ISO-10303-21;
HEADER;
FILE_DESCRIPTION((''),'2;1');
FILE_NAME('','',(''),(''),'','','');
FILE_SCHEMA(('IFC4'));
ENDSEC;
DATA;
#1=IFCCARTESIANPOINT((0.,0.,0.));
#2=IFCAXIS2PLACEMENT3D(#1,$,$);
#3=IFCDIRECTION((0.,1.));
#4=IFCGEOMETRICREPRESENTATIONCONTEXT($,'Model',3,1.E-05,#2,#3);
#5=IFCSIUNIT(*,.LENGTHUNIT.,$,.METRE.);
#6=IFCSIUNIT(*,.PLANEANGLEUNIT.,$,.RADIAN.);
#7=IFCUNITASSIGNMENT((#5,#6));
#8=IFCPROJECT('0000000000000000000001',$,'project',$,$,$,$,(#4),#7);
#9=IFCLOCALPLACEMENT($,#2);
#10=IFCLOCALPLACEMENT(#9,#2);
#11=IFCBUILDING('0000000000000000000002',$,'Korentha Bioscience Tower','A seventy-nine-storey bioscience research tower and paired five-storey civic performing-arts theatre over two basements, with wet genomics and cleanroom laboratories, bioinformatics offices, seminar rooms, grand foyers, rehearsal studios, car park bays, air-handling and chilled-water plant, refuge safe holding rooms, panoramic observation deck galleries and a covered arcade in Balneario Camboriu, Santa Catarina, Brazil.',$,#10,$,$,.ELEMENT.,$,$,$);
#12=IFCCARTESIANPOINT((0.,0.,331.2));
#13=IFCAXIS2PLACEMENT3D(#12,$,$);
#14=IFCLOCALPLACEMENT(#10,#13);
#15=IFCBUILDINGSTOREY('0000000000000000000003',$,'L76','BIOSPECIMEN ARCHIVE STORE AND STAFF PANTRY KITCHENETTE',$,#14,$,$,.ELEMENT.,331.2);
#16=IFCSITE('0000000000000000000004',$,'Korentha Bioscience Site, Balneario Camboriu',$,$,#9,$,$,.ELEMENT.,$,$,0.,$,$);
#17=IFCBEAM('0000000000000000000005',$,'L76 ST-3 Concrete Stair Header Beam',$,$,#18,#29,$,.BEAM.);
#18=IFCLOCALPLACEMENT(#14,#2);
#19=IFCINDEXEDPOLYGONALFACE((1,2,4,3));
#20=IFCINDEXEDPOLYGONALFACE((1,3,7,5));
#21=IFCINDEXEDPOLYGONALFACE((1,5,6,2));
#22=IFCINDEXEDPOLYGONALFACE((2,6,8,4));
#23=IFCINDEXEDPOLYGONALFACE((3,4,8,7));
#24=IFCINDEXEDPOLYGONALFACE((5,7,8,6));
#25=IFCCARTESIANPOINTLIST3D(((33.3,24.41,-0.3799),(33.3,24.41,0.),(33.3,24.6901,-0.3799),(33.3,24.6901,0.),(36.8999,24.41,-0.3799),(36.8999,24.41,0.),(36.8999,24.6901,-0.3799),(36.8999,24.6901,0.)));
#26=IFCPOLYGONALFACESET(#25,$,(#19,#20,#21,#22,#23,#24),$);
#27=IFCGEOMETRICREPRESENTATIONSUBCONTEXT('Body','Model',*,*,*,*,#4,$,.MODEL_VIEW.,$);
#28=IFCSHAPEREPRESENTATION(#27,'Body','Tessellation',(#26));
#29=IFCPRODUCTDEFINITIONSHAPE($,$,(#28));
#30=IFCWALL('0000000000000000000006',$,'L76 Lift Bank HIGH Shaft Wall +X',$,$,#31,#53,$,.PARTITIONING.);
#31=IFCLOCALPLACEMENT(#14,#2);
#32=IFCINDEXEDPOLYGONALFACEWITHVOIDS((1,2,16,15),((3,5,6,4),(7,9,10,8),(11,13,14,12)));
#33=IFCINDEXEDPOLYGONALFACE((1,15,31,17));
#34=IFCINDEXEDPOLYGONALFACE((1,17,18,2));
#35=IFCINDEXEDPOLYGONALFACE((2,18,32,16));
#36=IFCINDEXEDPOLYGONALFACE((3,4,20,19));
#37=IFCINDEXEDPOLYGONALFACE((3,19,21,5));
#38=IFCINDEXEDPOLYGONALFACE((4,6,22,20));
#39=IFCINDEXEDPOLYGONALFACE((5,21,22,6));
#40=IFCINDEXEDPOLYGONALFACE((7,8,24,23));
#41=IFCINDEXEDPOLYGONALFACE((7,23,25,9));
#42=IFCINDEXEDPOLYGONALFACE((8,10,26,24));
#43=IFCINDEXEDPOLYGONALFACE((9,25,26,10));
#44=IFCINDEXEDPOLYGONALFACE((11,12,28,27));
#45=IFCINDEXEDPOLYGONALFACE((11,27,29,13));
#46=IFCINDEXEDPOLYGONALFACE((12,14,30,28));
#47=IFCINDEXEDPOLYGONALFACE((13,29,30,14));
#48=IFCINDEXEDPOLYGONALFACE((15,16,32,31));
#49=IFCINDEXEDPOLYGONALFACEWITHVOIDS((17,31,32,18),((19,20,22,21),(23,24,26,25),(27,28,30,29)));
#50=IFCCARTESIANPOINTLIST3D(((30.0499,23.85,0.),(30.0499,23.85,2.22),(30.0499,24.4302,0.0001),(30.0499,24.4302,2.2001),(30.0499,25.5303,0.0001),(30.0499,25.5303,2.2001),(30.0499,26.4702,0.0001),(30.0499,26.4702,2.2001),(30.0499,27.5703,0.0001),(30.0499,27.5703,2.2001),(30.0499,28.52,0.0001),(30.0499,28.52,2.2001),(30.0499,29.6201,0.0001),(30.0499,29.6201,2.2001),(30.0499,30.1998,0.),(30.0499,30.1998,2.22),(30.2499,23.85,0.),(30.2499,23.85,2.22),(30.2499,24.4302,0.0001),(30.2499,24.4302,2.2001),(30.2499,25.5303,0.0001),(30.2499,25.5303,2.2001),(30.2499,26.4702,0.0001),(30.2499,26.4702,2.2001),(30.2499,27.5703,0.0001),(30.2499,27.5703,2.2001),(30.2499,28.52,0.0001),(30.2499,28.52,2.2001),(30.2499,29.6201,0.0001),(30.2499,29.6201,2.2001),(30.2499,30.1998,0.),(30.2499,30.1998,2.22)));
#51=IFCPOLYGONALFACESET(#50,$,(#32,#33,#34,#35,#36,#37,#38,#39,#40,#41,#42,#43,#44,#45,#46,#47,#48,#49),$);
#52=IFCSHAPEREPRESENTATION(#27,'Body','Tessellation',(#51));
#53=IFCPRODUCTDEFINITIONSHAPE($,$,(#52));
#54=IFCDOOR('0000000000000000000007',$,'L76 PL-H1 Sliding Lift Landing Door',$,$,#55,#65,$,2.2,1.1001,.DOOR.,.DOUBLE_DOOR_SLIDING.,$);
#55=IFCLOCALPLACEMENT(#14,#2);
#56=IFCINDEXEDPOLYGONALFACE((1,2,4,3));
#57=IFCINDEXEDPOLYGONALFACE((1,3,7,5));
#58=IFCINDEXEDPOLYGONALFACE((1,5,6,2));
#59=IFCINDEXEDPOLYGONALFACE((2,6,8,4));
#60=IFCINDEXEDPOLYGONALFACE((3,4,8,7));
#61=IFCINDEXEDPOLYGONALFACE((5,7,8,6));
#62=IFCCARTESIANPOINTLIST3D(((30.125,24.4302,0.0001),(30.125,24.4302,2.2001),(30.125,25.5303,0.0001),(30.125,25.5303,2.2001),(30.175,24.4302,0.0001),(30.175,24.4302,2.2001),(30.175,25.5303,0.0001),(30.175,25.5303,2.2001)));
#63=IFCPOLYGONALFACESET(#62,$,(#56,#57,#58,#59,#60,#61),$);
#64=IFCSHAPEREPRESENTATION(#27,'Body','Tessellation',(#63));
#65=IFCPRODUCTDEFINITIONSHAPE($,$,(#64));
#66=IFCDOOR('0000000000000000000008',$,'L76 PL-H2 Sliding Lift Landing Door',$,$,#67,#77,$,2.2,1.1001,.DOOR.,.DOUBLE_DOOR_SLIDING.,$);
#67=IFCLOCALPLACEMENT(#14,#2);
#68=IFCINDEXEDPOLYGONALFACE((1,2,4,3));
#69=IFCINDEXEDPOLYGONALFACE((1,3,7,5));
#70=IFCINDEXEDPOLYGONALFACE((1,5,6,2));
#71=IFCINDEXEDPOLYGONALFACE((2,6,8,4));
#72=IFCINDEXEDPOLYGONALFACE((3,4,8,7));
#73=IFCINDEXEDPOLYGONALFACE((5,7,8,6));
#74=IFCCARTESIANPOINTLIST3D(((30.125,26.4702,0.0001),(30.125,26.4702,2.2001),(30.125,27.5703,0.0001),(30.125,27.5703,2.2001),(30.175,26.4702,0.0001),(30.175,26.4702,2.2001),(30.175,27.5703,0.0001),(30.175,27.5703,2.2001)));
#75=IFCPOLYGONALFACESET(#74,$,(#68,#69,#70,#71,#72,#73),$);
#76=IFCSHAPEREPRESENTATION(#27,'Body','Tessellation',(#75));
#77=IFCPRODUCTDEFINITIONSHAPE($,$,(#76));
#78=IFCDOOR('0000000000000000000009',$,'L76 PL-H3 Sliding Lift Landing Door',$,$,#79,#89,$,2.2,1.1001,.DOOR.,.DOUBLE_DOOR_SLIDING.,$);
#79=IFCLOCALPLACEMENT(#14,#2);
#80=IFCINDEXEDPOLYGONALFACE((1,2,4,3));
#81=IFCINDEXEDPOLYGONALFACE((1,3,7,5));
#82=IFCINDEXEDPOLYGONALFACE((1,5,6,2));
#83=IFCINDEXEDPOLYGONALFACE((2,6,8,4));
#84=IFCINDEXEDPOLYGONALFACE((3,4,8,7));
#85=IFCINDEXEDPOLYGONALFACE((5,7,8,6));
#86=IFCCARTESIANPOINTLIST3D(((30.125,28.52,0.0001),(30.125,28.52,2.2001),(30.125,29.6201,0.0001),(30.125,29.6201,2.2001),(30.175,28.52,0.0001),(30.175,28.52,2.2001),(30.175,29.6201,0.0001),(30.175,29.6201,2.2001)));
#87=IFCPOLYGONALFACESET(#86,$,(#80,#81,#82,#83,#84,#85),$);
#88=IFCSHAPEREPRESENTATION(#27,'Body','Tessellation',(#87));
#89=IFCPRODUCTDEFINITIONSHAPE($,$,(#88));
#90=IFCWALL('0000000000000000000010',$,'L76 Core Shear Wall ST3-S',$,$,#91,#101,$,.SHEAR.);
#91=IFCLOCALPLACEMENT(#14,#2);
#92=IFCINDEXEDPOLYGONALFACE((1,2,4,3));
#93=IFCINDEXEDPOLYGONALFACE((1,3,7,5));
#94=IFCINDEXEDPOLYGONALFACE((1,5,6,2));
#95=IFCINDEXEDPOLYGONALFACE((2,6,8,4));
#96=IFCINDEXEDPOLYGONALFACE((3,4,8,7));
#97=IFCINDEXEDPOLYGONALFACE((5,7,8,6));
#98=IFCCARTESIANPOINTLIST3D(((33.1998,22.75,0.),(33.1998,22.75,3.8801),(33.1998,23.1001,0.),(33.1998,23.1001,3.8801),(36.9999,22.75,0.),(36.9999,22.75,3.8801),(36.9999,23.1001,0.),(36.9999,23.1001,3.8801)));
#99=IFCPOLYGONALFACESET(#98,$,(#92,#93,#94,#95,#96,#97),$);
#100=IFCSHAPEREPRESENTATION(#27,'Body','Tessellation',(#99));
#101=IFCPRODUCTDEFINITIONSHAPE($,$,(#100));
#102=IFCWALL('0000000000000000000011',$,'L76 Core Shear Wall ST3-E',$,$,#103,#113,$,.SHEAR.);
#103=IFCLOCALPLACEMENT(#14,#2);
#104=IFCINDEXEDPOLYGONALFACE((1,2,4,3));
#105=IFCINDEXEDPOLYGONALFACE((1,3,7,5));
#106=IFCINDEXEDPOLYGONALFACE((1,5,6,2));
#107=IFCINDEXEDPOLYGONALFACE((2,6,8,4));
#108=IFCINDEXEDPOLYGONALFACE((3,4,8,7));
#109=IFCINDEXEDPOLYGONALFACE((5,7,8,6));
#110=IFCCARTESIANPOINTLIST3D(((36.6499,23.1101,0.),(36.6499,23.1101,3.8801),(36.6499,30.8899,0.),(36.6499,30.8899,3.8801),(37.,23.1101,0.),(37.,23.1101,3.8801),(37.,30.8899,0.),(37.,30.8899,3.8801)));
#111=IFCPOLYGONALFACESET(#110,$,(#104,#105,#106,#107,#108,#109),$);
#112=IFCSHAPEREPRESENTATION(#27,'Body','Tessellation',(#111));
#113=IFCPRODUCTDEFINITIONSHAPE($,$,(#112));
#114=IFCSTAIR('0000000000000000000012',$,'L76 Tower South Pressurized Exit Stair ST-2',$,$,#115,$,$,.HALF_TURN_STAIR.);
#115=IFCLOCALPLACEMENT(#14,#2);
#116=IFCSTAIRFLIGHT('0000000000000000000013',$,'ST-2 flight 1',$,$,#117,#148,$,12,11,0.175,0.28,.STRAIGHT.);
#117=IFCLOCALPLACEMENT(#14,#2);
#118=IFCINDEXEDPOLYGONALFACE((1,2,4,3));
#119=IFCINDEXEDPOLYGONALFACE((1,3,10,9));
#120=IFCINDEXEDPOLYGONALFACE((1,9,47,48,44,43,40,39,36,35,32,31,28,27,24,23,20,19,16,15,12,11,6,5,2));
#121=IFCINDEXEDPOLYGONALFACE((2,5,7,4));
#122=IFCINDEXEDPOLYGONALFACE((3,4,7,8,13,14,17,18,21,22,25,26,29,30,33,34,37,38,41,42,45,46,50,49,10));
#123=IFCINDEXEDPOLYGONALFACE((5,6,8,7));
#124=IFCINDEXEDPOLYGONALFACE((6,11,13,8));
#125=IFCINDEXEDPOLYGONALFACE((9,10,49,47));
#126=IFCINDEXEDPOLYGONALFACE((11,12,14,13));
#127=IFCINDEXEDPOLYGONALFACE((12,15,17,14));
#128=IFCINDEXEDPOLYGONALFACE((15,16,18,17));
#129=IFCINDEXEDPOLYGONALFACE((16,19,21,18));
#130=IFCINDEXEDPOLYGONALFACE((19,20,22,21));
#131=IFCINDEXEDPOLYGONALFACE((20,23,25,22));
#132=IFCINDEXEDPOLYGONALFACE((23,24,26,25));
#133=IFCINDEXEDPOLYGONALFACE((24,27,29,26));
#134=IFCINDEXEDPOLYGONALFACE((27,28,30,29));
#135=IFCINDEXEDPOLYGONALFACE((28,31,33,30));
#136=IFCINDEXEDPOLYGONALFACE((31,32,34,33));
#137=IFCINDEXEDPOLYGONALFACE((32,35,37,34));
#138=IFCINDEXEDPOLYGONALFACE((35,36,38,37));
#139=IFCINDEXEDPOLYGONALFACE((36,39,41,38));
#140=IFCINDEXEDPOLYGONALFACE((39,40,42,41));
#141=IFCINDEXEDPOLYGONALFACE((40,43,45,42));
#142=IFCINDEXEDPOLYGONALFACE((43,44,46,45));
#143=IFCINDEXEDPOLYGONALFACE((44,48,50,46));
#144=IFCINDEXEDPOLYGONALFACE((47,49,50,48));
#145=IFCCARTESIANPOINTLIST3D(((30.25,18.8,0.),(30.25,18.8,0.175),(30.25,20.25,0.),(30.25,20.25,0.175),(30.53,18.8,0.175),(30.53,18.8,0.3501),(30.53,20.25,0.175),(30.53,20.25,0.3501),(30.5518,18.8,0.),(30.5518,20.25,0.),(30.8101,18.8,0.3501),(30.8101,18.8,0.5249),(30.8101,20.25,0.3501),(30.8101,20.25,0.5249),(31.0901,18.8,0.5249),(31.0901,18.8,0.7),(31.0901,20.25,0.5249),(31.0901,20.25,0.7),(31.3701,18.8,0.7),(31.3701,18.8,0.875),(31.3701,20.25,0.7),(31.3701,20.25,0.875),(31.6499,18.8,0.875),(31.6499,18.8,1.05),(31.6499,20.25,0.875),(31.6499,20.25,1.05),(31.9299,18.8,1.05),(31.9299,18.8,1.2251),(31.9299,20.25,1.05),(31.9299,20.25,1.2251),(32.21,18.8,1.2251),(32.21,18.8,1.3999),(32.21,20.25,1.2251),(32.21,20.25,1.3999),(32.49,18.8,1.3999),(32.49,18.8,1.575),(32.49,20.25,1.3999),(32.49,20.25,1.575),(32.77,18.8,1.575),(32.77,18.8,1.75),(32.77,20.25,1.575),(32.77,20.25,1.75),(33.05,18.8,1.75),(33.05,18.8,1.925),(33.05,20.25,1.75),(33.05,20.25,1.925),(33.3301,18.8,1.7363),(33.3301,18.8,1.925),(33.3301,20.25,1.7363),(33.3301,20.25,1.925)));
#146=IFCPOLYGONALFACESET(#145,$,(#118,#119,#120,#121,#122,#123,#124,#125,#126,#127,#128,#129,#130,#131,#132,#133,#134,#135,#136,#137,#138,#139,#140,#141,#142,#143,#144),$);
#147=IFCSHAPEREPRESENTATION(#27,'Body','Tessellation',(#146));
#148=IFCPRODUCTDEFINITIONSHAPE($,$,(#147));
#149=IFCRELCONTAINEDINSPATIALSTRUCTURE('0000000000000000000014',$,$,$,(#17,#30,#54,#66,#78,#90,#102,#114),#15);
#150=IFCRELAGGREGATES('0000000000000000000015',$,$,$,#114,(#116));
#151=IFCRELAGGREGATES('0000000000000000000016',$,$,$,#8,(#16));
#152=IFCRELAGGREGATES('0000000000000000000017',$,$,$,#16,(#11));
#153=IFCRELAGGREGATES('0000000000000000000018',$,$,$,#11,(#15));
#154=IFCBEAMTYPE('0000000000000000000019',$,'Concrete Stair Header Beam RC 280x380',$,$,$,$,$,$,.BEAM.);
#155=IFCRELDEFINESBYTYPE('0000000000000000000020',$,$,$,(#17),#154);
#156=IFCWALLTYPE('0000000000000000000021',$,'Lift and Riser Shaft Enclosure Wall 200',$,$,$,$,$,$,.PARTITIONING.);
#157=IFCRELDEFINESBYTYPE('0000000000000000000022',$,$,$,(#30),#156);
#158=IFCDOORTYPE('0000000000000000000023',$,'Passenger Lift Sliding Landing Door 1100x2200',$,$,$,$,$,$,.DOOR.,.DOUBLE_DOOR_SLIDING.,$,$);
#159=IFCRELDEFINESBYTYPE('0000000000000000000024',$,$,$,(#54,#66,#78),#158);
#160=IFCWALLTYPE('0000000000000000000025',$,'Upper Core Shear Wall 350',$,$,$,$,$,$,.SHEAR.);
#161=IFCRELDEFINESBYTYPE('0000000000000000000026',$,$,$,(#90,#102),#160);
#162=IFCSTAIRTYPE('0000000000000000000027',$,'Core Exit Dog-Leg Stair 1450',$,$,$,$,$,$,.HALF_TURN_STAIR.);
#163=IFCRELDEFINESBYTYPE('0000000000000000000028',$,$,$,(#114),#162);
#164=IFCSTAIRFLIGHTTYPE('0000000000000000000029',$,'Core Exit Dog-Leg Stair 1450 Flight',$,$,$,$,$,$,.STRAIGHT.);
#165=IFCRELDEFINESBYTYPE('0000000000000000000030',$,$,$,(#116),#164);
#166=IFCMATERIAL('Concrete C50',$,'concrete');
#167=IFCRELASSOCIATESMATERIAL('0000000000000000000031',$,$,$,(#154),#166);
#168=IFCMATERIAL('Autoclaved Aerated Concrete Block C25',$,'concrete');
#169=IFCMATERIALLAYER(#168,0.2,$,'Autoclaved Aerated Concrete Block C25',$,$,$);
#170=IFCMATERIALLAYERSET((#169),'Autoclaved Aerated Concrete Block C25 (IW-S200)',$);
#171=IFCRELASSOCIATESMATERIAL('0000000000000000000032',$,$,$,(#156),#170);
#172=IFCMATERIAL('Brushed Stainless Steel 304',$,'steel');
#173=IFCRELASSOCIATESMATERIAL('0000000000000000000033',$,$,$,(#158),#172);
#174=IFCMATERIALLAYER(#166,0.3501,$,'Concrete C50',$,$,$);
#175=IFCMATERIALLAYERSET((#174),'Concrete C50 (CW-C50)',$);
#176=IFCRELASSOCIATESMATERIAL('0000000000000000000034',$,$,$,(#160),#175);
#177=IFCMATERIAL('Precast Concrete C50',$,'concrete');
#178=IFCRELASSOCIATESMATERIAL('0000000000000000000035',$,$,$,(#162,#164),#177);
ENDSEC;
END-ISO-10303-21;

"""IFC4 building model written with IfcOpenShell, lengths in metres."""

from ifc_helpers import new_model, si_unit, direction, frame, frame_2d, origin, origin_2d, place, context, subcontext, project, spatial, polyline, rectangle, outline, extrude, material, layer, layer_set, material_profile, profile_set, type_object, element, fill, aggregate, save


model = new_model("IFC4")

# Units and contexts
model_context = context("Model", 3, precision=1e-05, world=origin(), true_north=direction((0.0, 1.0)))
body_context = subcontext(model_context, "Body", "Model", "MODEL_VIEW")
ifc_project = project(units=[si_unit("LENGTHUNIT", "METRE"), si_unit("PLANEANGLEUNIT", "RADIAN")], contexts=[model_context])

# Site, building, storey
site_placement = place(None, origin())
site = spatial("IfcSite", under=ifc_project, at=site_placement, Name="Korentha Bioscience Site, Balneario Camboriu", CompositionType="ELEMENT", RefElevation=0.0)
building_placement = place(site_placement, origin())
building = spatial("IfcBuilding", under=site, at=building_placement, Name="Korentha Bioscience Tower", Description="A seventy-nine-storey bioscience research tower and paired five-storey civic performing-arts theatre over two basements, with wet genomics and cleanroom laboratories, bioinformatics offices, seminar rooms, grand foyers, rehearsal studios, car park bays, air-handling and chilled-water plant, refuge safe holding rooms, panoramic observation deck galleries and a covered arcade in Balneario Camboriu, Santa Catarina, Brazil.", CompositionType="ELEMENT")
storey_placement = place(building_placement, frame((0.0, 0.0, 331.2)))
storey = spatial("IfcBuildingStorey", under=building, at=storey_placement, Name="L76", Description="BIOSPECIMEN ARCHIVE STORE AND STAFF PANTRY KITCHENETTE", CompositionType="ELEMENT", Elevation=331.2)

# Beam
ifc_material_1 = material(Name="Concrete C50", Category="concrete")
ifc_material_profile = material_profile(ifc_material_1, rectangle(XDim=0.28, YDim=0.3799, at=origin_2d()), Name="Concrete C50")
ifc_profile_set = profile_set([ifc_material_profile], Name="Concrete C50 (ST-HB380)")
beam_type = type_object("IfcBeamType", Name="Concrete Stair Header Beam RC 280x380", PredefinedType="BEAM", material=ifc_profile_set)
beam_placement = place(storey_placement, frame((36.8999, 24.55, -0.1899), z_axis=(-1.0, 0.0, 0.0), x_axis=(0.0, -1.0, 0.0)))
element("IfcBeam", 1, at=beam_placement, inside=storey, type_object=beam_type, Name="L76 ST-3 Concrete Stair Header Beam", PredefinedType="BEAM", context=body_context, shape_type="SweptSolid", body=[
    extrude(rectangle(XDim=0.28, YDim=0.3799, at=origin_2d()), origin(), (0.0, 0.0, 1.0), 3.5999),
])

# Wall, openings, doors
ifc_material_2 = material(Name="Autoclaved Aerated Concrete Block C25", Category="concrete")
ifc_layer_1 = layer(ifc_material_2, 0.2, Name="Autoclaved Aerated Concrete Block C25")
ifc_layer_set_1 = layer_set([ifc_layer_1], Name="Autoclaved Aerated Concrete Block C25 (IW-S200)")
wall_type_1 = type_object("IfcWallType", Name="Lift and Riser Shaft Enclosure Wall 200", PredefinedType="PARTITIONING", material=ifc_layer_set_1)
wall_1_placement = place(storey_placement, frame((30.1499, 23.8501, 0.0), z_axis=(0.0, 0.0, 1.0), x_axis=(0.0, 1.0, 0.0)))
wall_1 = element("IfcWall", 2, at=wall_1_placement, inside=storey, type_object=wall_type_1, Name="L76 Lift Bank HIGH Shaft Wall +X", PredefinedType="PARTITIONING", context=body_context, shape_type="SweptSolid", body=[
    extrude(rectangle(XDim=6.3499, YDim=0.2, at=frame_2d((3.1748, 0.0))), origin(), (0.0, 0.0, 1.0), 2.22),
])
opening_1_placement = place(wall_1_placement, frame((0.5801, 0.0, 0.0)))
opening_1 = element("IfcOpeningElement", 3, at=opening_1_placement, cuts=wall_1, PredefinedType="OPENING", context=body_context, shape_type="SweptSolid", body=[
    extrude(rectangle(XDim=1.1001, YDim=2.2, at=frame_2d((0.55, 1.1001))), frame((0.0, 0.1147, 0.0), z_axis=(0.0, -1.0, 0.0), x_axis=(1.0, 0.0, 0.0)), (0.0, 0.0, 1.0), 0.2297),
])
opening_2_placement = place(wall_1_placement, frame((2.6201, 0.0, 0.0)))
opening_2 = element("IfcOpeningElement", 4, at=opening_2_placement, cuts=wall_1, PredefinedType="OPENING", context=body_context, shape_type="SweptSolid", body=[
    extrude(rectangle(XDim=1.1001, YDim=2.2, at=frame_2d((0.55, 1.1001))), frame((0.0, 0.1147, 0.0), z_axis=(0.0, -1.0, 0.0), x_axis=(1.0, 0.0, 0.0)), (0.0, 0.0, 1.0), 0.2297),
])
opening_3_placement = place(wall_1_placement, frame((4.6699, 0.0, 0.0)))
opening_3 = element("IfcOpeningElement", 5, at=opening_3_placement, cuts=wall_1, PredefinedType="OPENING", context=body_context, shape_type="SweptSolid", body=[
    extrude(rectangle(XDim=1.1001, YDim=2.2, at=frame_2d((0.55, 1.1001))), frame((0.0, 0.1147, 0.0), z_axis=(0.0, -1.0, 0.0), x_axis=(1.0, 0.0, 0.0)), (0.0, 0.0, 1.0), 0.2297),
])
ifc_material_3 = material(Name="Brushed Stainless Steel 304", Category="steel")
door_type_1 = type_object("IfcDoorType", Name="Passenger Lift Sliding Landing Door 1100x2200", OperationType="DOUBLE_DOOR_SLIDING", PredefinedType="DOOR", material=ifc_material_3)
door_1_placement = place(opening_1_placement, origin())
door_1 = element("IfcDoor", 6, at=door_1_placement, inside=storey, type_object=door_type_1, Name="L76 PL-H1 Sliding Lift Landing Door", OperationType="DOUBLE_DOOR_SLIDING", OverallHeight=2.2, OverallWidth=1.1001, PredefinedType="DOOR", context=body_context, shape_type="SweptSolid", body=[
    extrude(rectangle(XDim=1.1001, YDim=2.2, at=frame_2d((0.55, 1.1001))), frame((0.0, 0.0249, 0.0), z_axis=(0.0, -1.0, 0.0), x_axis=(1.0, 0.0, 0.0)), (0.0, 0.0, 1.0), 0.05),
])
fill(opening_1, door_1)
door_2_placement = place(opening_2_placement, origin())
door_2 = element("IfcDoor", 7, at=door_2_placement, inside=storey, type_object=door_type_1, Name="L76 PL-H2 Sliding Lift Landing Door", OperationType="DOUBLE_DOOR_SLIDING", OverallHeight=2.2, OverallWidth=1.1001, PredefinedType="DOOR", context=body_context, shape_type="SweptSolid", body=[
    extrude(rectangle(XDim=1.1001, YDim=2.2, at=frame_2d((0.55, 1.1001))), frame((0.0, 0.0249, 0.0), z_axis=(0.0, -1.0, 0.0), x_axis=(1.0, 0.0, 0.0)), (0.0, 0.0, 1.0), 0.05),
])
fill(opening_2, door_2)
door_3_placement = place(opening_3_placement, origin())
door_3 = element("IfcDoor", 8, at=door_3_placement, inside=storey, type_object=door_type_1, Name="L76 PL-H3 Sliding Lift Landing Door", OperationType="DOUBLE_DOOR_SLIDING", OverallHeight=2.2, OverallWidth=1.1001, PredefinedType="DOOR", context=body_context, shape_type="SweptSolid", body=[
    extrude(rectangle(XDim=1.1001, YDim=2.2, at=frame_2d((0.55, 1.1001))), frame((0.0, 0.0249, 0.0), z_axis=(0.0, -1.0, 0.0), x_axis=(1.0, 0.0, 0.0)), (0.0, 0.0, 1.0), 0.05),
])
fill(opening_3, door_3)

# Walls
ifc_layer_2 = layer(ifc_material_1, 0.3501, Name="Concrete C50")
ifc_layer_set_2 = layer_set([ifc_layer_2], Name="Concrete C50 (CW-C50)")
wall_type_2 = type_object("IfcWallType", Name="Upper Core Shear Wall 350", PredefinedType="SHEAR", material=ifc_layer_set_2)
wall_2_placement = place(storey_placement, frame((33.2, 22.925, 0.0), z_axis=(0.0, 0.0, 1.0), x_axis=(1.0, 0.0, 0.0)))
element("IfcWall", 9, at=wall_2_placement, inside=storey, type_object=wall_type_2, Name="L76 Core Shear Wall ST3-S", PredefinedType="SHEAR", context=body_context, shape_type="SweptSolid", body=[
    extrude(rectangle(XDim=3.8, YDim=0.3501, at=frame_2d((1.8999, 0.0))), origin(), (0.0, 0.0, 1.0), 3.8801),
])
wall_3_placement = place(storey_placement, frame((36.825, 23.1101, 0.0), z_axis=(0.0, 0.0, 1.0), x_axis=(0.0, 1.0, 0.0)))
element("IfcWall", 10, at=wall_3_placement, inside=storey, type_object=wall_type_2, Name="L76 Core Shear Wall ST3-E", PredefinedType="SHEAR", context=body_context, shape_type="SweptSolid", body=[
    extrude(rectangle(XDim=7.7798, YDim=0.3501, at=frame_2d((3.8899, 0.0))), origin(), (0.0, 0.0, 1.0), 3.8801),
])

# Stair, stair flight
ifc_material_4 = material(Name="Precast Concrete C50", Category="concrete")
stair_type = type_object("IfcStairType", Name="Core Exit Dog-Leg Stair 1450", PredefinedType="HALF_TURN_STAIR", material=ifc_material_4)
stair_1_placement = place(storey_placement, origin())
stair_1 = element("IfcStair", 11, at=stair_1_placement, inside=storey, type_object=stair_type, Name="L76 Tower South Pressurized Exit Stair ST-2", PredefinedType="HALF_TURN_STAIR")
stair_flight_type = type_object("IfcStairFlightType", Name="Core Exit Dog-Leg Stair 1450 Flight", PredefinedType="STRAIGHT", material=ifc_material_4)
stair_flight_1_placement = place(storey_placement, frame((30.25, 19.5249, 0.0), z_axis=(0.0, 0.0, 1.0), x_axis=(1.0, 0.0, 0.0)))
stair_flight_1 = element("IfcStairFlight", 12, at=stair_flight_1_placement, type_object=stair_flight_type, Name="ST-2 flight 1", NumberOfRisers=12, NumberOfTreads=11, PredefinedType="STRAIGHT", RiserHeight=0.175, TreadLength=0.28, context=body_context, shape_type="SweptSolid", body=[
    extrude(outline(polyline([(0.0, 0.0), (0.0, 0.175), (0.28, 0.175), (0.28, 0.3501), (0.5601, 0.3501), (0.5601, 0.5249), (0.8401, 0.5249), (0.8401, 0.7), (1.1201, 0.7), (1.1201, 0.875), (1.3999, 0.875), (1.3999, 1.05), (1.6799, 1.05), (1.6799, 1.2251), (1.96, 1.2251), (1.96, 1.3999), (2.24, 1.3999), (2.24, 1.575), (2.52, 1.575), (2.52, 1.75), (2.8, 1.75), (2.8, 1.925), (3.0801, 1.925), (3.0801, 2.1001), (3.0801, 1.7363), (0.3018, 0.0), (0.0, 0.0)])), frame((0.0, 0.7251, 0.0), z_axis=(0.0, -1.0, 0.0), x_axis=(1.0, 0.0, 0.0)), (0.0, 0.0, 1.0), 1.45),
])
aggregate(stair_1, [stair_flight_1])

save(model, "model.ifc")
